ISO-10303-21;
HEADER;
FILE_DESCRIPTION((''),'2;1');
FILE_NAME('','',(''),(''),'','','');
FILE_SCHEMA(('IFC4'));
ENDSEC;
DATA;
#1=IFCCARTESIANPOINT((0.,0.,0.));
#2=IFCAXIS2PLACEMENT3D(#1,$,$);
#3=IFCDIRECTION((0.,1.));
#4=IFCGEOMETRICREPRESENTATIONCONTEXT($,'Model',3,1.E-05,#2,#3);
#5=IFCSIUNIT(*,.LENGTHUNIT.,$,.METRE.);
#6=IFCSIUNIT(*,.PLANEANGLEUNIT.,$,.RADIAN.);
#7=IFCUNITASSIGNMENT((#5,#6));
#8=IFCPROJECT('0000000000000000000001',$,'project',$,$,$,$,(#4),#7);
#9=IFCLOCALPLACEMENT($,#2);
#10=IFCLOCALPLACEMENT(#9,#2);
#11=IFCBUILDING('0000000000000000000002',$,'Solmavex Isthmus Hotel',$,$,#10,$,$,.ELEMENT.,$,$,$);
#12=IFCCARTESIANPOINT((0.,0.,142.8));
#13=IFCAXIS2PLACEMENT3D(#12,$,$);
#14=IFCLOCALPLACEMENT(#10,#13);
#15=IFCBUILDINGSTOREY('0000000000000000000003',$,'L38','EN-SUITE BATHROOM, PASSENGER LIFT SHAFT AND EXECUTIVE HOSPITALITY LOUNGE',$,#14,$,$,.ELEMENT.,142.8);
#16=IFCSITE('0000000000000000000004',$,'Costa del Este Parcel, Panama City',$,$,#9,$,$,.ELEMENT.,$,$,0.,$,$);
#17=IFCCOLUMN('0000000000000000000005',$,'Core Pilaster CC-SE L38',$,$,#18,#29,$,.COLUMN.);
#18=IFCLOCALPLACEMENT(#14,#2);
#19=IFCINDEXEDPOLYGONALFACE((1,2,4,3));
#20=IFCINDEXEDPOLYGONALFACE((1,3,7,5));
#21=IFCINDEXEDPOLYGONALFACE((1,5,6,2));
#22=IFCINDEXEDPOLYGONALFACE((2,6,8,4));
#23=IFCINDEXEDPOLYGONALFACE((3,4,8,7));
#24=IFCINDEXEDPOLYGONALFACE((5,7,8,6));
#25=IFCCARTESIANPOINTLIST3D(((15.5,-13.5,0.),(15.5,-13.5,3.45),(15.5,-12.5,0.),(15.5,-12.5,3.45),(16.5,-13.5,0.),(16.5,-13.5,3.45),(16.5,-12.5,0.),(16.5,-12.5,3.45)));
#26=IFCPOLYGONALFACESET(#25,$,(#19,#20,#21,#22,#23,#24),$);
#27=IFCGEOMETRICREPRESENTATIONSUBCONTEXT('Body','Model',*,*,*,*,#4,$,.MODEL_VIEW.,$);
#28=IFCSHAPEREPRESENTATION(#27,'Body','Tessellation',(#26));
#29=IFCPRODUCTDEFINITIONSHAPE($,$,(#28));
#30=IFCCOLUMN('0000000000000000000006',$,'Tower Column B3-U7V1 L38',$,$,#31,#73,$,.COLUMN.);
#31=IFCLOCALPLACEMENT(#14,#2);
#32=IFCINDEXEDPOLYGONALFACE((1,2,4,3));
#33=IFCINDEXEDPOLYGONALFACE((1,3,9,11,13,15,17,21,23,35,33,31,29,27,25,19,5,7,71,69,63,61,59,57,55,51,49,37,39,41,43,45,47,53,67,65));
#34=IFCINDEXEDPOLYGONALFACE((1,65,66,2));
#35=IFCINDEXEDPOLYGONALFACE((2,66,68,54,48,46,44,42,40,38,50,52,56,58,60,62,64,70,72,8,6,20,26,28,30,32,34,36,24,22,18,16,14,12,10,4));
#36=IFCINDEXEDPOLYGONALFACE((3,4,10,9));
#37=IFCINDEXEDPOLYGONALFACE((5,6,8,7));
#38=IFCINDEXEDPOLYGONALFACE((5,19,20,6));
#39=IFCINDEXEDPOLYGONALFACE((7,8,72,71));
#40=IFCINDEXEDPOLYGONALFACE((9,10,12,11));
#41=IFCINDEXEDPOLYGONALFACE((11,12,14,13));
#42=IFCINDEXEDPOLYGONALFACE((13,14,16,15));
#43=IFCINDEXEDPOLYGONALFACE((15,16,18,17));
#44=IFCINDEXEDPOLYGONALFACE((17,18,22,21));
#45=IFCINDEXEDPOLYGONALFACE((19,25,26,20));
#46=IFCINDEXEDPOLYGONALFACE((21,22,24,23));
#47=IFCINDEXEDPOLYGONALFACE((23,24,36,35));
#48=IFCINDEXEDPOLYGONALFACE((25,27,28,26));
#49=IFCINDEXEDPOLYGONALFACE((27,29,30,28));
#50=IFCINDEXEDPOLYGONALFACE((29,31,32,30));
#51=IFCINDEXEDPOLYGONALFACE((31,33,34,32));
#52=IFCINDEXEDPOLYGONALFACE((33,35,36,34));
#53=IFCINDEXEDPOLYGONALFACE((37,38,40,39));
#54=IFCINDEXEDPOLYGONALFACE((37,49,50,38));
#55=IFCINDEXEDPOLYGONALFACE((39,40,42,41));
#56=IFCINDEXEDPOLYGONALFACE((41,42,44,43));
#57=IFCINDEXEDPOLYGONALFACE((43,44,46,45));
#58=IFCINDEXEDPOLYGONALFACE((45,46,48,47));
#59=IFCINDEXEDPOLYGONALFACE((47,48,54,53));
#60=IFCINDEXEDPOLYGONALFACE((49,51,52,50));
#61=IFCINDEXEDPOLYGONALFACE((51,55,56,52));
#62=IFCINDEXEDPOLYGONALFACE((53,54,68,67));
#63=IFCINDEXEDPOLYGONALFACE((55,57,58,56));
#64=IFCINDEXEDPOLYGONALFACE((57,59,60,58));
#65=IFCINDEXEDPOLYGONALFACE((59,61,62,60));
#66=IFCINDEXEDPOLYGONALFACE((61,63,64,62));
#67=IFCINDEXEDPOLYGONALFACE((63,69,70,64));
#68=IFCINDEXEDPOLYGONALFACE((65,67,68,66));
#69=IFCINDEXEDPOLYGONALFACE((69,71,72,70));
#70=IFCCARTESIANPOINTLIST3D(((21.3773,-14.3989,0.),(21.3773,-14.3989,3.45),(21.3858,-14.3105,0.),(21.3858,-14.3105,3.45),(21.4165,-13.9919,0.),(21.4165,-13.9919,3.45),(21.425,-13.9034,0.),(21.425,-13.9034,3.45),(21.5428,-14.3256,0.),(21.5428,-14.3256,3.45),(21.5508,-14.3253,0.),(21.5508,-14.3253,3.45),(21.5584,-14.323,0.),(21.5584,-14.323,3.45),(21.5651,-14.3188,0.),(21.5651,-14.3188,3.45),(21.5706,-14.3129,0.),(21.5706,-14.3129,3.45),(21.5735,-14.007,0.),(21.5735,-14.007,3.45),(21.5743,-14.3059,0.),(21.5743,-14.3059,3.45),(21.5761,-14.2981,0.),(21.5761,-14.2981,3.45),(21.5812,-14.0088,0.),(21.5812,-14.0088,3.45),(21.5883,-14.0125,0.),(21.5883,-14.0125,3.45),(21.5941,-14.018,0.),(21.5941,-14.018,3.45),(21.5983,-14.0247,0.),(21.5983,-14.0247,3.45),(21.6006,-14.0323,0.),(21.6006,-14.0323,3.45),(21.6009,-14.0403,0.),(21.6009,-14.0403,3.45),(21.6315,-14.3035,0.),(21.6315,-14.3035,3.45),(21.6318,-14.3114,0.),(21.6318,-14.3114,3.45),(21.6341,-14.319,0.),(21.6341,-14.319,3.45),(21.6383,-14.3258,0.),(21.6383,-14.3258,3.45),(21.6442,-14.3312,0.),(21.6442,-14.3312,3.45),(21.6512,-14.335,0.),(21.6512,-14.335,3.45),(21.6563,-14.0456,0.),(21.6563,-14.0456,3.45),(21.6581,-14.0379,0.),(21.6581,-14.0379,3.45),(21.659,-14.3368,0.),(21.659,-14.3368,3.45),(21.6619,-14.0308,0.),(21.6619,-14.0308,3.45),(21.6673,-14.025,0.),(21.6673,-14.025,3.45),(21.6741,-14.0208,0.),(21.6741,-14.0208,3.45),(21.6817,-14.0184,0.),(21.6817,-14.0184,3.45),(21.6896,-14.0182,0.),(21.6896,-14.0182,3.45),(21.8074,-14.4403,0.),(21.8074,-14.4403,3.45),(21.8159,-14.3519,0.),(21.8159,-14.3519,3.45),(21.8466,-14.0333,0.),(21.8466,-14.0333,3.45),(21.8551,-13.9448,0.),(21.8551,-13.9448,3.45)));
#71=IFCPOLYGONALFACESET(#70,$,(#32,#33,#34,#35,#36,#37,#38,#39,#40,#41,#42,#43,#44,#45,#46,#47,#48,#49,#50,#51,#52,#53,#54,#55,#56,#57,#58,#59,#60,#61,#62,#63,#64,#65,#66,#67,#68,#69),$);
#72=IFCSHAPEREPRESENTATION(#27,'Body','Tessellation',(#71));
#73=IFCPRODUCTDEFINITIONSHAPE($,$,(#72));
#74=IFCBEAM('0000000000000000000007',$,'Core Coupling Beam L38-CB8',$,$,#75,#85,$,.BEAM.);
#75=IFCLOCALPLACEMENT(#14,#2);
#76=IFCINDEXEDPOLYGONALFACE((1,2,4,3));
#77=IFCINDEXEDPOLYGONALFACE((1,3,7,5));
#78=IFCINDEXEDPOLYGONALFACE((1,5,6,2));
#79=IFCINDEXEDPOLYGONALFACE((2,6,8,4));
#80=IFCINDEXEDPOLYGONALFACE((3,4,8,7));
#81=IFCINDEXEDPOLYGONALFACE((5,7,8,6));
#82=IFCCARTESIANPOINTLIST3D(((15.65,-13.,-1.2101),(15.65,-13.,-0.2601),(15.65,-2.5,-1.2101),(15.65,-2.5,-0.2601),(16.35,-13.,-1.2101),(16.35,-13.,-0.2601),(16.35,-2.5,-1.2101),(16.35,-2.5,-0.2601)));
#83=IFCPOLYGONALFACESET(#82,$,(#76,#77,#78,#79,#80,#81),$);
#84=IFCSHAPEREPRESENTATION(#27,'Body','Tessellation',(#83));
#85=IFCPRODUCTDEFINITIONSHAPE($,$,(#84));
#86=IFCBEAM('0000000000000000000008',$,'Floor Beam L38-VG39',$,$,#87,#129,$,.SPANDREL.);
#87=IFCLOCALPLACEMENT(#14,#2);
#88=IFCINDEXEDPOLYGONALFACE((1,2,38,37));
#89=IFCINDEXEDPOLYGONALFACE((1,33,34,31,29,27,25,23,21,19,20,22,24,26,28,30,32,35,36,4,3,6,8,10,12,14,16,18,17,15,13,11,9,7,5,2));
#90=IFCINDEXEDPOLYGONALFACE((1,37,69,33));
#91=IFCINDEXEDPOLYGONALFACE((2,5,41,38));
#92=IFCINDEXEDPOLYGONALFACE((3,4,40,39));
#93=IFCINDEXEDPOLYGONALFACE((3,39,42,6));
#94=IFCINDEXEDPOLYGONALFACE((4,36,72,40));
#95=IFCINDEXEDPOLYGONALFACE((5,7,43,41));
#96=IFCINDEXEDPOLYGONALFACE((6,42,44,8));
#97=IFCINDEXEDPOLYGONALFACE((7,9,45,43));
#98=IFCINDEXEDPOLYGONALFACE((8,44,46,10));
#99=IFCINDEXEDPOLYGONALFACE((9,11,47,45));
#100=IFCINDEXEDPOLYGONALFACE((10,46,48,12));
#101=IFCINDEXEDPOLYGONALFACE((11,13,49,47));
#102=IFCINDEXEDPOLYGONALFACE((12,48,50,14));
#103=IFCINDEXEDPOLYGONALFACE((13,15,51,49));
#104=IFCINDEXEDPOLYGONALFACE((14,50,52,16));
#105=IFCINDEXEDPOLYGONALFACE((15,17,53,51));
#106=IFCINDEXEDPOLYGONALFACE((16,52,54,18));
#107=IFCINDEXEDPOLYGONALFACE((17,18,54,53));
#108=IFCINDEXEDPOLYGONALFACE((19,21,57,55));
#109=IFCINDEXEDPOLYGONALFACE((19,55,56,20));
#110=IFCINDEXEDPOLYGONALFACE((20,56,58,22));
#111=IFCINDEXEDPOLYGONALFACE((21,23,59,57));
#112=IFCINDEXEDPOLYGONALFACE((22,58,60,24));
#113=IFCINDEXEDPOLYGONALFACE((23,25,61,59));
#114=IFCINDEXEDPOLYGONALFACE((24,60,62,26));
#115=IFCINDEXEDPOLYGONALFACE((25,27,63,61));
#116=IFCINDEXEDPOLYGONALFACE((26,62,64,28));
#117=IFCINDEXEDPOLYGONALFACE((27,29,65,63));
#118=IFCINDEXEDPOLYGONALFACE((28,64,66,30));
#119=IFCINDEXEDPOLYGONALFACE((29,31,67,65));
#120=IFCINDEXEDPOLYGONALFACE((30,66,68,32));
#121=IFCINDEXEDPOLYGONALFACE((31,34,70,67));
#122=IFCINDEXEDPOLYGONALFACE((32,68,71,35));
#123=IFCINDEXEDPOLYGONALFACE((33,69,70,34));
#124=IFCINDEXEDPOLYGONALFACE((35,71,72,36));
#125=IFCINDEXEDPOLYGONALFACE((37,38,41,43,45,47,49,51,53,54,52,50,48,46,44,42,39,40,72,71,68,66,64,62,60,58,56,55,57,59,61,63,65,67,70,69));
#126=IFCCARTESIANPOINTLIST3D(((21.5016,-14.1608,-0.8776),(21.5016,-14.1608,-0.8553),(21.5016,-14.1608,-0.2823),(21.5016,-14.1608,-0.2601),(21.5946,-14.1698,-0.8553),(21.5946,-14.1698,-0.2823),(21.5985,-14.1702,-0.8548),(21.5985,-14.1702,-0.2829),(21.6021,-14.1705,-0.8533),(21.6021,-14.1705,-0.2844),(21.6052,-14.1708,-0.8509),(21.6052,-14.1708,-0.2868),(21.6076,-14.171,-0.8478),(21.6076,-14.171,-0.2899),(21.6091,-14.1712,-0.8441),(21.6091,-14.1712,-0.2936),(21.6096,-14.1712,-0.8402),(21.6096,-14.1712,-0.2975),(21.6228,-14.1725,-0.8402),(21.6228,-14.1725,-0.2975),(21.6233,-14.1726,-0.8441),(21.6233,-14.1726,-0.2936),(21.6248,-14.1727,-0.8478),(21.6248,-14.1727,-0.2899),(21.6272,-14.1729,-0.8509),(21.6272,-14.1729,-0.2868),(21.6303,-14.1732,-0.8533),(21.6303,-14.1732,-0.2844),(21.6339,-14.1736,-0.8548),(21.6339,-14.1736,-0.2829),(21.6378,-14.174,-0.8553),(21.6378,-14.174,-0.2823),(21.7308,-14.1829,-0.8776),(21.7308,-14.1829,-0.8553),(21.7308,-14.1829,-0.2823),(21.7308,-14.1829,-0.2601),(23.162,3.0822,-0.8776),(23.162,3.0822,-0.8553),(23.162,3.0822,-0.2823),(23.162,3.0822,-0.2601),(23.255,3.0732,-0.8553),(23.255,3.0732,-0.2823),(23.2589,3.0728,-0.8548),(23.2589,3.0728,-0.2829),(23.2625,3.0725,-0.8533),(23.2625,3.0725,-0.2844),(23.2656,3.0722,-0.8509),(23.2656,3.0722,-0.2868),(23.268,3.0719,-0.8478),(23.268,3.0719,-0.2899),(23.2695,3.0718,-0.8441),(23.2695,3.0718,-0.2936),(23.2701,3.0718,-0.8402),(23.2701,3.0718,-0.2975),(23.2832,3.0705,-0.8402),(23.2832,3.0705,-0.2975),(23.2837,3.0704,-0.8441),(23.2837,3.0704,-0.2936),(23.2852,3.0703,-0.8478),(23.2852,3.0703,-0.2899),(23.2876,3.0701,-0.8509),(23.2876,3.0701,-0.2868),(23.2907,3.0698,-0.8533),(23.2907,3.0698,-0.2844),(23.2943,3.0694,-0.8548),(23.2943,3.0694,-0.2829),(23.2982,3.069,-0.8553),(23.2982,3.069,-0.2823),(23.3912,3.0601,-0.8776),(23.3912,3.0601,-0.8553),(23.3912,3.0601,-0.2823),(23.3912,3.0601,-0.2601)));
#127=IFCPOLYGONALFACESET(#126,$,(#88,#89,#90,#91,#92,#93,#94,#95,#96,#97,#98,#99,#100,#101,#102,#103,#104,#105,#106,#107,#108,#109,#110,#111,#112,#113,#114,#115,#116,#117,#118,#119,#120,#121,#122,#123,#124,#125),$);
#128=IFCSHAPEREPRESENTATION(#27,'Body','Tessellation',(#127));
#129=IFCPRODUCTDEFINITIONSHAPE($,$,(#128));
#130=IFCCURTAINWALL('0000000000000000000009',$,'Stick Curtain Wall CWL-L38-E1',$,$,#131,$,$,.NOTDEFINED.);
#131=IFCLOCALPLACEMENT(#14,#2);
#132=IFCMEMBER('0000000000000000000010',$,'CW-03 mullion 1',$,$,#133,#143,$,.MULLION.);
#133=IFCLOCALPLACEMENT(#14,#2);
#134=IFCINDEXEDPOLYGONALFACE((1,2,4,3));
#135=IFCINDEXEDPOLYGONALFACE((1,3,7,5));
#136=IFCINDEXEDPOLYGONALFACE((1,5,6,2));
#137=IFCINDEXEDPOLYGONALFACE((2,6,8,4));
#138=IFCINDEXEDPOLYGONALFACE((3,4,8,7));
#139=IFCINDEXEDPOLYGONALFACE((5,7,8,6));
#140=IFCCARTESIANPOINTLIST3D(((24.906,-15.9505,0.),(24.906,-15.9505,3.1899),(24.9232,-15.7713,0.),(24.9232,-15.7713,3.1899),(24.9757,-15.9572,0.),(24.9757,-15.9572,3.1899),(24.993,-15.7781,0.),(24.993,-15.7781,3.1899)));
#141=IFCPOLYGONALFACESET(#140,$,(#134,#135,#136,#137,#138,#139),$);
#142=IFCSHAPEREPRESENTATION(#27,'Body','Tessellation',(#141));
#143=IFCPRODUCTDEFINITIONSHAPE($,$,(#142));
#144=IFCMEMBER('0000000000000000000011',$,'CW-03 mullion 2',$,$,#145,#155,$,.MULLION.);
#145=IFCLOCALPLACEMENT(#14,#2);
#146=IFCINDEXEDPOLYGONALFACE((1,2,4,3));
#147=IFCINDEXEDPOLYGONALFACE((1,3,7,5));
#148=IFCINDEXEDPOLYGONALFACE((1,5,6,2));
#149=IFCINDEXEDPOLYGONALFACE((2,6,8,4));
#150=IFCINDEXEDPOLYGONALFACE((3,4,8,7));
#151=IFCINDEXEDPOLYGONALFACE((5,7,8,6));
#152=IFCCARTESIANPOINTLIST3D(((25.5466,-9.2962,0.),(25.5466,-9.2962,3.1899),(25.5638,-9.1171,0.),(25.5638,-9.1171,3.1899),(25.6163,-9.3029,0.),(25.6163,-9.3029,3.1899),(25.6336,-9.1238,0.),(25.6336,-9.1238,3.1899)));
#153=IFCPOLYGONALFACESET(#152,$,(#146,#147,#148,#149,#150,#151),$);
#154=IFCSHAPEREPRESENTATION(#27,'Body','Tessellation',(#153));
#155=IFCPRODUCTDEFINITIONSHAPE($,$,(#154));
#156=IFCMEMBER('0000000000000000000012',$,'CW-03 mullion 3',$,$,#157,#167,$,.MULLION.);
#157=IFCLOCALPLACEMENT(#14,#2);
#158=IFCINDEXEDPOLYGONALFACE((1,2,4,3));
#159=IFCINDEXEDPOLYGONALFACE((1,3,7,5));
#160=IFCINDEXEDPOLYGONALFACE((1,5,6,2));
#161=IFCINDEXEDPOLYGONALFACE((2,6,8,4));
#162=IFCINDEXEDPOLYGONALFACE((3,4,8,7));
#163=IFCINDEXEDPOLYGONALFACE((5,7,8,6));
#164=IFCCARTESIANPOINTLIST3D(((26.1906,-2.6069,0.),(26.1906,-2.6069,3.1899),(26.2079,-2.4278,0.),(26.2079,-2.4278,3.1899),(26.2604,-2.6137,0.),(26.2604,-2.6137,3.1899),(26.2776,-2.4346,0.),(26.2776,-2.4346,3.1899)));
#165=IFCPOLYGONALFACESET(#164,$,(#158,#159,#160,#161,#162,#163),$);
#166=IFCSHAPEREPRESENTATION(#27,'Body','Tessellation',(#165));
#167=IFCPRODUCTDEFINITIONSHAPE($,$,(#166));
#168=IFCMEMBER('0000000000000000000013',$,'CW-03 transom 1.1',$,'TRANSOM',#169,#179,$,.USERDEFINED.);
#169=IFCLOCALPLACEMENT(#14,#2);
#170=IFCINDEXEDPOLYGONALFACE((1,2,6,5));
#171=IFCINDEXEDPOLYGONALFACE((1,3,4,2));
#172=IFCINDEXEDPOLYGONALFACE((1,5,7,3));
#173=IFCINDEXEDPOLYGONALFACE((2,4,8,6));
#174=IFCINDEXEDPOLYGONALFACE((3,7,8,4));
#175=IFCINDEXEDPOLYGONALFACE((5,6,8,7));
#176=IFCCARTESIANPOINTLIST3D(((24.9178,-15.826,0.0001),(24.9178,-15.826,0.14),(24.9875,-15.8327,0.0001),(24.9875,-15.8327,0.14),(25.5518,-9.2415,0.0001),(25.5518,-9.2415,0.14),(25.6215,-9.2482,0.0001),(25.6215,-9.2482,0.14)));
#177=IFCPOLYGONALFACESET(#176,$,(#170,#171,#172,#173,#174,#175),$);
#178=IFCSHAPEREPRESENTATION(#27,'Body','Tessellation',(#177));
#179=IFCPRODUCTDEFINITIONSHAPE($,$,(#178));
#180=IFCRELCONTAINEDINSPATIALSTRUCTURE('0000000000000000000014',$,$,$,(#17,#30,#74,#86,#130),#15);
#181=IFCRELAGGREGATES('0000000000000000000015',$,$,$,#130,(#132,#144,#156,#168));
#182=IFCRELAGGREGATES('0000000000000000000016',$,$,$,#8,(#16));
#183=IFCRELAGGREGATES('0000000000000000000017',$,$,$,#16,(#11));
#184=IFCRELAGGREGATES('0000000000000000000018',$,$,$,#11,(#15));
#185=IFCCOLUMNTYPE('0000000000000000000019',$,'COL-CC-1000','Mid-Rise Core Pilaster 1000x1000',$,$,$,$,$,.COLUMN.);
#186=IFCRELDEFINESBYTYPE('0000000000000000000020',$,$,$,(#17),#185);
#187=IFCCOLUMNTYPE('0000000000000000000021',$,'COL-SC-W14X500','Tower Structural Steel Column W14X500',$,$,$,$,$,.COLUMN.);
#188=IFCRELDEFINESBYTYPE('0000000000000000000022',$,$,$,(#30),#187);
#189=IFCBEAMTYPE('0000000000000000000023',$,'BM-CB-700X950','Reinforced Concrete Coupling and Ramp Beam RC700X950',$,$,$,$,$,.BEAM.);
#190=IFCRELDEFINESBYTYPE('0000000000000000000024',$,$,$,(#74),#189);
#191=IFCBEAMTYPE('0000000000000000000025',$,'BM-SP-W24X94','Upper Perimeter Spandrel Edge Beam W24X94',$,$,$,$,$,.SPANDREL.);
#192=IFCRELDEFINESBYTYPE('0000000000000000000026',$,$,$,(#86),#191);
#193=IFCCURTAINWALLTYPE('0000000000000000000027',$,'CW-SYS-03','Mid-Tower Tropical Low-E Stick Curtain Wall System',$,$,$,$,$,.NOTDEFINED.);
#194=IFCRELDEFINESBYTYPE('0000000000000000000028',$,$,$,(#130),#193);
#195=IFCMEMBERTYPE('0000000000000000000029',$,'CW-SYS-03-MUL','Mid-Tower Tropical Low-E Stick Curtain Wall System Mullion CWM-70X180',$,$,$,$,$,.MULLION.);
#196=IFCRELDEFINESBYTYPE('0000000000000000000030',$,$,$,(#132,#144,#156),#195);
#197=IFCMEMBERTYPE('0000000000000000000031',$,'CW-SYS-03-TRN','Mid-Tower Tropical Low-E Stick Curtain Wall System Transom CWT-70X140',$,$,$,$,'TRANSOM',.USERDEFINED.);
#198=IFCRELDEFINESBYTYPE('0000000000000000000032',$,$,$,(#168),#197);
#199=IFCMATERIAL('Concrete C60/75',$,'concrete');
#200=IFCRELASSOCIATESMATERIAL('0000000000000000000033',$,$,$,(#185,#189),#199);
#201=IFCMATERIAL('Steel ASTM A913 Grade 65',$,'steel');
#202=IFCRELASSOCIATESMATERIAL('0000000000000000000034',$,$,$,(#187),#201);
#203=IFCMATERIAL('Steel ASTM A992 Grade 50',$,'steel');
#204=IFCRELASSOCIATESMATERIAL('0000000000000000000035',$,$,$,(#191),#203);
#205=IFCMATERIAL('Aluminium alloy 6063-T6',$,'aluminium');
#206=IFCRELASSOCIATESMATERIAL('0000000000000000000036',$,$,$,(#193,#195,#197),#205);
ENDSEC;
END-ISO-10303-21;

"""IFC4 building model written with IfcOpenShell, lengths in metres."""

from ifc_helpers import new_model, si_unit, direction, frame, origin, origin_2d, place, context, subcontext, project, spatial, rectangle, i_section, extrude, material, material_profile, profile_set, type_object, element, aggregate, save


model = new_model("IFC4")

# Units and contexts
model_context = context("Model", 3, precision=1e-05, world=origin(), true_north=direction((0.0, 1.0)))
body_context = subcontext(model_context, "Body", "Model", "MODEL_VIEW")
ifc_project = project(units=[si_unit("LENGTHUNIT", "METRE"), si_unit("PLANEANGLEUNIT", "RADIAN")], contexts=[model_context])

# Site, building, storey
site_placement = place(None, origin())
site = spatial("IfcSite", under=ifc_project, at=site_placement, Name="Costa del Este Parcel, Panama City", CompositionType="ELEMENT", RefElevation=0.0)
building_placement = place(site_placement, origin())
building = spatial("IfcBuilding", under=site, at=building_placement, Name="Solmavex Isthmus Hotel", CompositionType="ELEMENT")
storey_placement = place(building_placement, frame((0.0, 0.0, 142.8)))
storey = spatial("IfcBuildingStorey", under=building, at=storey_placement, Name="L38", Description="EN-SUITE BATHROOM, PASSENGER LIFT SHAFT AND EXECUTIVE HOSPITALITY LOUNGE", CompositionType="ELEMENT", Elevation=142.8)

# Columns
ifc_material_1 = material(Name="Concrete C60/75", Category="concrete")
ifc_material_profile_1 = material_profile(ifc_material_1, rectangle(XDim=1.0, YDim=1.0, at=origin_2d()), Name="RC1000X1000")
ifc_profile_set_1 = profile_set([ifc_material_profile_1], Name="Concrete C60/75")
column_type_1 = type_object("IfcColumnType", Name="COL-CC-1000", Description="Mid-Rise Core Pilaster 1000x1000", PredefinedType="COLUMN", material=ifc_profile_set_1)
column_1_placement = place(storey_placement, frame((16.0, -13.0, 0.0), z_axis=(0.0, 0.0, 1.0), x_axis=(1.0, 0.0, 0.0)))
element("IfcColumn", 1, at=column_1_placement, inside=storey, type_object=column_type_1, Name="Core Pilaster CC-SE L38", PredefinedType="COLUMN", context=body_context, shape_type="SweptSolid", body=[
    extrude(rectangle(XDim=1.0, YDim=1.0, at=origin_2d()), origin(), (0.0, 0.0, 1.0), 3.45),
])
ifc_material_2 = material(Name="Steel ASTM A913 Grade 65", Category="steel")
ifc_material_profile_2 = material_profile(ifc_material_2, i_section(OverallWidth=0.4321, OverallDepth=0.4978, WebThickness=0.0557, FlangeThickness=0.0889, FilletRadius=0.0305, at=origin_2d()), Name="W14X500")
ifc_profile_set_2 = profile_set([ifc_material_profile_2], Name="Steel ASTM A913 Grade 65")
column_type_2 = type_object("IfcColumnType", Name="COL-SC-W14X500", Description="Tower Structural Steel Column W14X500", PredefinedType="COLUMN", material=ifc_profile_set_2)
column_2_placement = place(storey_placement, frame((21.6162, -14.1719, 0.0), z_axis=(0.0, 0.0, 1.0), x_axis=(0.995396, -0.095846, 0.0)))
element("IfcColumn", 2, at=column_2_placement, inside=storey, type_object=column_type_2, Name="Tower Column B3-U7V1 L38", PredefinedType="COLUMN", context=body_context, shape_type="SweptSolid", body=[
    extrude(i_section(OverallWidth=0.4321, OverallDepth=0.4978, WebThickness=0.0557, FlangeThickness=0.0889, FilletRadius=0.0305, at=origin_2d()), origin(), (0.0, 0.0, 1.0), 3.45),
])

# Beams
ifc_material_profile_3 = material_profile(ifc_material_1, rectangle(XDim=0.7, YDim=0.95, at=origin_2d()), Name="RC700X950")
ifc_profile_set_3 = profile_set([ifc_material_profile_3], Name="Concrete C60/75")
beam_type_1 = type_object("IfcBeamType", Name="BM-CB-700X950", Description="Reinforced Concrete Coupling and Ramp Beam RC700X950", PredefinedType="BEAM", material=ifc_profile_set_3)
beam_1_placement = place(storey_placement, frame((16.0, -13.0, -0.7351), z_axis=(0.0, 1.0, 0.0), x_axis=(-1.0, 0.0, 0.0)))
element("IfcBeam", 3, at=beam_1_placement, inside=storey, type_object=beam_type_1, Name="Core Coupling Beam L38-CB8", PredefinedType="BEAM", context=body_context, shape_type="SweptSolid", body=[
    extrude(rectangle(XDim=0.7, YDim=0.95, at=origin_2d()), origin(), (0.0, 0.0, 1.0), 10.5),
])
ifc_material_3 = material(Name="Steel ASTM A992 Grade 50", Category="steel")
ifc_material_profile_4 = material_profile(ifc_material_3, i_section(OverallWidth=0.2302, OverallDepth=0.6174, WebThickness=0.0132, FlangeThickness=0.0222, FilletRadius=0.0151, at=origin_2d()), Name="W24X94")
ifc_profile_set_4 = profile_set([ifc_material_profile_4], Name="Steel ASTM A992 Grade 50")
beam_type_2 = type_object("IfcBeamType", Name="BM-SP-W24X94", Description="Upper Perimeter Spandrel Edge Beam W24X94", PredefinedType="SPANDREL", material=ifc_profile_set_4)
beam_2_placement = place(storey_placement, frame((21.6162, -14.1719, -0.5688), z_axis=(0.095851, 0.995396, 0.0), x_axis=(-0.995396, 0.095851, 0.0)))
element("IfcBeam", 4, at=beam_2_placement, inside=storey, type_object=beam_type_2, Name="Floor Beam L38-VG39", PredefinedType="SPANDREL", context=body_context, shape_type="SweptSolid", body=[
    extrude(i_section(OverallWidth=0.2302, OverallDepth=0.6174, WebThickness=0.0132, FlangeThickness=0.0222, FilletRadius=0.0151, at=origin_2d()), origin(), (0.0, 0.0, 1.0), 17.3228),
])

# Curtain wall, members
ifc_material_4 = material(Name="Aluminium alloy 6063-T6", Category="aluminium")
curtain_wall_type = type_object("IfcCurtainWallType", Name="CW-SYS-03", Description="Mid-Tower Tropical Low-E Stick Curtain Wall System", PredefinedType="NOTDEFINED", material=ifc_material_4)
curtain_wall_placement = place(storey_placement, origin())
curtain_wall = element("IfcCurtainWall", 5, at=curtain_wall_placement, inside=storey, type_object=curtain_wall_type, Name="Stick Curtain Wall CWL-L38-E1", PredefinedType="NOTDEFINED")
ifc_material_profile_5 = material_profile(ifc_material_4, rectangle(XDim=0.0701, YDim=0.1799, at=origin_2d()), Name="CWM-70X180")
ifc_profile_set_5 = profile_set([ifc_material_profile_5], Name="Aluminium alloy 6063-T6")
member_type_1 = type_object("IfcMemberType", Name="CW-SYS-03-MUL", Description="Mid-Tower Tropical Low-E Stick Curtain Wall System Mullion CWM-70X180", PredefinedType="MULLION", material=ifc_profile_set_5)
member_1_placement = place(storey_placement, frame((24.9495, -15.8643, 0.0), z_axis=(0.0, 0.0, 1.0), x_axis=(-0.995396, 0.095846, 0.0)))
member_1 = element("IfcMember", 6, at=member_1_placement, type_object=member_type_1, Name="CW-03 mullion 1", PredefinedType="MULLION", context=body_context, shape_type="SweptSolid", body=[
    extrude(rectangle(XDim=0.0701, YDim=0.1799, at=origin_2d()), origin(), (0.0, 0.0, 1.0), 3.1899),
])
member_2_placement = place(storey_placement, frame((25.5901, -9.21, 0.0), z_axis=(0.0, 0.0, 1.0), x_axis=(-0.995396, 0.095846, 0.0)))
member_2 = element("IfcMember", 7, at=member_2_placement, type_object=member_type_1, Name="CW-03 mullion 2", PredefinedType="MULLION", context=body_context, shape_type="SweptSolid", body=[
    extrude(rectangle(XDim=0.0701, YDim=0.1799, at=origin_2d()), origin(), (0.0, 0.0, 1.0), 3.1899),
])
member_3_placement = place(storey_placement, frame((26.2341, -2.5208, 0.0), z_axis=(0.0, 0.0, 1.0), x_axis=(-0.995396, 0.095846, 0.0)))
member_3 = element("IfcMember", 8, at=member_3_placement, type_object=member_type_1, Name="CW-03 mullion 3", PredefinedType="MULLION", context=body_context, shape_type="SweptSolid", body=[
    extrude(rectangle(XDim=0.0701, YDim=0.1799, at=origin_2d()), origin(), (0.0, 0.0, 1.0), 3.1899),
])
ifc_material_profile_6 = material_profile(ifc_material_4, rectangle(XDim=0.0701, YDim=0.1399, at=origin_2d()), Name="CWT-70X140")
ifc_profile_set_6 = profile_set([ifc_material_profile_6], Name="Aluminium alloy 6063-T6")
member_type_2 = type_object("IfcMemberType", Name="CW-SYS-03-TRN", Description="Mid-Tower Tropical Low-E Stick Curtain Wall System Transom CWT-70X140", ElementType="TRANSOM", PredefinedType="USERDEFINED", material=ifc_profile_set_6)
member_4_placement = place(storey_placement, frame((24.9526, -15.8293, 0.0701), z_axis=(0.095849, 0.995396, 0.0), x_axis=(-0.995396, 0.095849, 0.0)))
member_4 = element("IfcMember", 9, at=member_4_placement, type_object=member_type_2, Name="CW-03 transom 1.1", ObjectType="TRANSOM", PredefinedType="USERDEFINED", context=body_context, shape_type="SweptSolid", body=[
    extrude(rectangle(XDim=0.0701, YDim=0.1399, at=origin_2d()), origin(), (0.0, 0.0, 1.0), 6.615),
])
aggregate(curtain_wall, [member_1, member_2, member_3, member_4])

save(model, "model.ifc")
